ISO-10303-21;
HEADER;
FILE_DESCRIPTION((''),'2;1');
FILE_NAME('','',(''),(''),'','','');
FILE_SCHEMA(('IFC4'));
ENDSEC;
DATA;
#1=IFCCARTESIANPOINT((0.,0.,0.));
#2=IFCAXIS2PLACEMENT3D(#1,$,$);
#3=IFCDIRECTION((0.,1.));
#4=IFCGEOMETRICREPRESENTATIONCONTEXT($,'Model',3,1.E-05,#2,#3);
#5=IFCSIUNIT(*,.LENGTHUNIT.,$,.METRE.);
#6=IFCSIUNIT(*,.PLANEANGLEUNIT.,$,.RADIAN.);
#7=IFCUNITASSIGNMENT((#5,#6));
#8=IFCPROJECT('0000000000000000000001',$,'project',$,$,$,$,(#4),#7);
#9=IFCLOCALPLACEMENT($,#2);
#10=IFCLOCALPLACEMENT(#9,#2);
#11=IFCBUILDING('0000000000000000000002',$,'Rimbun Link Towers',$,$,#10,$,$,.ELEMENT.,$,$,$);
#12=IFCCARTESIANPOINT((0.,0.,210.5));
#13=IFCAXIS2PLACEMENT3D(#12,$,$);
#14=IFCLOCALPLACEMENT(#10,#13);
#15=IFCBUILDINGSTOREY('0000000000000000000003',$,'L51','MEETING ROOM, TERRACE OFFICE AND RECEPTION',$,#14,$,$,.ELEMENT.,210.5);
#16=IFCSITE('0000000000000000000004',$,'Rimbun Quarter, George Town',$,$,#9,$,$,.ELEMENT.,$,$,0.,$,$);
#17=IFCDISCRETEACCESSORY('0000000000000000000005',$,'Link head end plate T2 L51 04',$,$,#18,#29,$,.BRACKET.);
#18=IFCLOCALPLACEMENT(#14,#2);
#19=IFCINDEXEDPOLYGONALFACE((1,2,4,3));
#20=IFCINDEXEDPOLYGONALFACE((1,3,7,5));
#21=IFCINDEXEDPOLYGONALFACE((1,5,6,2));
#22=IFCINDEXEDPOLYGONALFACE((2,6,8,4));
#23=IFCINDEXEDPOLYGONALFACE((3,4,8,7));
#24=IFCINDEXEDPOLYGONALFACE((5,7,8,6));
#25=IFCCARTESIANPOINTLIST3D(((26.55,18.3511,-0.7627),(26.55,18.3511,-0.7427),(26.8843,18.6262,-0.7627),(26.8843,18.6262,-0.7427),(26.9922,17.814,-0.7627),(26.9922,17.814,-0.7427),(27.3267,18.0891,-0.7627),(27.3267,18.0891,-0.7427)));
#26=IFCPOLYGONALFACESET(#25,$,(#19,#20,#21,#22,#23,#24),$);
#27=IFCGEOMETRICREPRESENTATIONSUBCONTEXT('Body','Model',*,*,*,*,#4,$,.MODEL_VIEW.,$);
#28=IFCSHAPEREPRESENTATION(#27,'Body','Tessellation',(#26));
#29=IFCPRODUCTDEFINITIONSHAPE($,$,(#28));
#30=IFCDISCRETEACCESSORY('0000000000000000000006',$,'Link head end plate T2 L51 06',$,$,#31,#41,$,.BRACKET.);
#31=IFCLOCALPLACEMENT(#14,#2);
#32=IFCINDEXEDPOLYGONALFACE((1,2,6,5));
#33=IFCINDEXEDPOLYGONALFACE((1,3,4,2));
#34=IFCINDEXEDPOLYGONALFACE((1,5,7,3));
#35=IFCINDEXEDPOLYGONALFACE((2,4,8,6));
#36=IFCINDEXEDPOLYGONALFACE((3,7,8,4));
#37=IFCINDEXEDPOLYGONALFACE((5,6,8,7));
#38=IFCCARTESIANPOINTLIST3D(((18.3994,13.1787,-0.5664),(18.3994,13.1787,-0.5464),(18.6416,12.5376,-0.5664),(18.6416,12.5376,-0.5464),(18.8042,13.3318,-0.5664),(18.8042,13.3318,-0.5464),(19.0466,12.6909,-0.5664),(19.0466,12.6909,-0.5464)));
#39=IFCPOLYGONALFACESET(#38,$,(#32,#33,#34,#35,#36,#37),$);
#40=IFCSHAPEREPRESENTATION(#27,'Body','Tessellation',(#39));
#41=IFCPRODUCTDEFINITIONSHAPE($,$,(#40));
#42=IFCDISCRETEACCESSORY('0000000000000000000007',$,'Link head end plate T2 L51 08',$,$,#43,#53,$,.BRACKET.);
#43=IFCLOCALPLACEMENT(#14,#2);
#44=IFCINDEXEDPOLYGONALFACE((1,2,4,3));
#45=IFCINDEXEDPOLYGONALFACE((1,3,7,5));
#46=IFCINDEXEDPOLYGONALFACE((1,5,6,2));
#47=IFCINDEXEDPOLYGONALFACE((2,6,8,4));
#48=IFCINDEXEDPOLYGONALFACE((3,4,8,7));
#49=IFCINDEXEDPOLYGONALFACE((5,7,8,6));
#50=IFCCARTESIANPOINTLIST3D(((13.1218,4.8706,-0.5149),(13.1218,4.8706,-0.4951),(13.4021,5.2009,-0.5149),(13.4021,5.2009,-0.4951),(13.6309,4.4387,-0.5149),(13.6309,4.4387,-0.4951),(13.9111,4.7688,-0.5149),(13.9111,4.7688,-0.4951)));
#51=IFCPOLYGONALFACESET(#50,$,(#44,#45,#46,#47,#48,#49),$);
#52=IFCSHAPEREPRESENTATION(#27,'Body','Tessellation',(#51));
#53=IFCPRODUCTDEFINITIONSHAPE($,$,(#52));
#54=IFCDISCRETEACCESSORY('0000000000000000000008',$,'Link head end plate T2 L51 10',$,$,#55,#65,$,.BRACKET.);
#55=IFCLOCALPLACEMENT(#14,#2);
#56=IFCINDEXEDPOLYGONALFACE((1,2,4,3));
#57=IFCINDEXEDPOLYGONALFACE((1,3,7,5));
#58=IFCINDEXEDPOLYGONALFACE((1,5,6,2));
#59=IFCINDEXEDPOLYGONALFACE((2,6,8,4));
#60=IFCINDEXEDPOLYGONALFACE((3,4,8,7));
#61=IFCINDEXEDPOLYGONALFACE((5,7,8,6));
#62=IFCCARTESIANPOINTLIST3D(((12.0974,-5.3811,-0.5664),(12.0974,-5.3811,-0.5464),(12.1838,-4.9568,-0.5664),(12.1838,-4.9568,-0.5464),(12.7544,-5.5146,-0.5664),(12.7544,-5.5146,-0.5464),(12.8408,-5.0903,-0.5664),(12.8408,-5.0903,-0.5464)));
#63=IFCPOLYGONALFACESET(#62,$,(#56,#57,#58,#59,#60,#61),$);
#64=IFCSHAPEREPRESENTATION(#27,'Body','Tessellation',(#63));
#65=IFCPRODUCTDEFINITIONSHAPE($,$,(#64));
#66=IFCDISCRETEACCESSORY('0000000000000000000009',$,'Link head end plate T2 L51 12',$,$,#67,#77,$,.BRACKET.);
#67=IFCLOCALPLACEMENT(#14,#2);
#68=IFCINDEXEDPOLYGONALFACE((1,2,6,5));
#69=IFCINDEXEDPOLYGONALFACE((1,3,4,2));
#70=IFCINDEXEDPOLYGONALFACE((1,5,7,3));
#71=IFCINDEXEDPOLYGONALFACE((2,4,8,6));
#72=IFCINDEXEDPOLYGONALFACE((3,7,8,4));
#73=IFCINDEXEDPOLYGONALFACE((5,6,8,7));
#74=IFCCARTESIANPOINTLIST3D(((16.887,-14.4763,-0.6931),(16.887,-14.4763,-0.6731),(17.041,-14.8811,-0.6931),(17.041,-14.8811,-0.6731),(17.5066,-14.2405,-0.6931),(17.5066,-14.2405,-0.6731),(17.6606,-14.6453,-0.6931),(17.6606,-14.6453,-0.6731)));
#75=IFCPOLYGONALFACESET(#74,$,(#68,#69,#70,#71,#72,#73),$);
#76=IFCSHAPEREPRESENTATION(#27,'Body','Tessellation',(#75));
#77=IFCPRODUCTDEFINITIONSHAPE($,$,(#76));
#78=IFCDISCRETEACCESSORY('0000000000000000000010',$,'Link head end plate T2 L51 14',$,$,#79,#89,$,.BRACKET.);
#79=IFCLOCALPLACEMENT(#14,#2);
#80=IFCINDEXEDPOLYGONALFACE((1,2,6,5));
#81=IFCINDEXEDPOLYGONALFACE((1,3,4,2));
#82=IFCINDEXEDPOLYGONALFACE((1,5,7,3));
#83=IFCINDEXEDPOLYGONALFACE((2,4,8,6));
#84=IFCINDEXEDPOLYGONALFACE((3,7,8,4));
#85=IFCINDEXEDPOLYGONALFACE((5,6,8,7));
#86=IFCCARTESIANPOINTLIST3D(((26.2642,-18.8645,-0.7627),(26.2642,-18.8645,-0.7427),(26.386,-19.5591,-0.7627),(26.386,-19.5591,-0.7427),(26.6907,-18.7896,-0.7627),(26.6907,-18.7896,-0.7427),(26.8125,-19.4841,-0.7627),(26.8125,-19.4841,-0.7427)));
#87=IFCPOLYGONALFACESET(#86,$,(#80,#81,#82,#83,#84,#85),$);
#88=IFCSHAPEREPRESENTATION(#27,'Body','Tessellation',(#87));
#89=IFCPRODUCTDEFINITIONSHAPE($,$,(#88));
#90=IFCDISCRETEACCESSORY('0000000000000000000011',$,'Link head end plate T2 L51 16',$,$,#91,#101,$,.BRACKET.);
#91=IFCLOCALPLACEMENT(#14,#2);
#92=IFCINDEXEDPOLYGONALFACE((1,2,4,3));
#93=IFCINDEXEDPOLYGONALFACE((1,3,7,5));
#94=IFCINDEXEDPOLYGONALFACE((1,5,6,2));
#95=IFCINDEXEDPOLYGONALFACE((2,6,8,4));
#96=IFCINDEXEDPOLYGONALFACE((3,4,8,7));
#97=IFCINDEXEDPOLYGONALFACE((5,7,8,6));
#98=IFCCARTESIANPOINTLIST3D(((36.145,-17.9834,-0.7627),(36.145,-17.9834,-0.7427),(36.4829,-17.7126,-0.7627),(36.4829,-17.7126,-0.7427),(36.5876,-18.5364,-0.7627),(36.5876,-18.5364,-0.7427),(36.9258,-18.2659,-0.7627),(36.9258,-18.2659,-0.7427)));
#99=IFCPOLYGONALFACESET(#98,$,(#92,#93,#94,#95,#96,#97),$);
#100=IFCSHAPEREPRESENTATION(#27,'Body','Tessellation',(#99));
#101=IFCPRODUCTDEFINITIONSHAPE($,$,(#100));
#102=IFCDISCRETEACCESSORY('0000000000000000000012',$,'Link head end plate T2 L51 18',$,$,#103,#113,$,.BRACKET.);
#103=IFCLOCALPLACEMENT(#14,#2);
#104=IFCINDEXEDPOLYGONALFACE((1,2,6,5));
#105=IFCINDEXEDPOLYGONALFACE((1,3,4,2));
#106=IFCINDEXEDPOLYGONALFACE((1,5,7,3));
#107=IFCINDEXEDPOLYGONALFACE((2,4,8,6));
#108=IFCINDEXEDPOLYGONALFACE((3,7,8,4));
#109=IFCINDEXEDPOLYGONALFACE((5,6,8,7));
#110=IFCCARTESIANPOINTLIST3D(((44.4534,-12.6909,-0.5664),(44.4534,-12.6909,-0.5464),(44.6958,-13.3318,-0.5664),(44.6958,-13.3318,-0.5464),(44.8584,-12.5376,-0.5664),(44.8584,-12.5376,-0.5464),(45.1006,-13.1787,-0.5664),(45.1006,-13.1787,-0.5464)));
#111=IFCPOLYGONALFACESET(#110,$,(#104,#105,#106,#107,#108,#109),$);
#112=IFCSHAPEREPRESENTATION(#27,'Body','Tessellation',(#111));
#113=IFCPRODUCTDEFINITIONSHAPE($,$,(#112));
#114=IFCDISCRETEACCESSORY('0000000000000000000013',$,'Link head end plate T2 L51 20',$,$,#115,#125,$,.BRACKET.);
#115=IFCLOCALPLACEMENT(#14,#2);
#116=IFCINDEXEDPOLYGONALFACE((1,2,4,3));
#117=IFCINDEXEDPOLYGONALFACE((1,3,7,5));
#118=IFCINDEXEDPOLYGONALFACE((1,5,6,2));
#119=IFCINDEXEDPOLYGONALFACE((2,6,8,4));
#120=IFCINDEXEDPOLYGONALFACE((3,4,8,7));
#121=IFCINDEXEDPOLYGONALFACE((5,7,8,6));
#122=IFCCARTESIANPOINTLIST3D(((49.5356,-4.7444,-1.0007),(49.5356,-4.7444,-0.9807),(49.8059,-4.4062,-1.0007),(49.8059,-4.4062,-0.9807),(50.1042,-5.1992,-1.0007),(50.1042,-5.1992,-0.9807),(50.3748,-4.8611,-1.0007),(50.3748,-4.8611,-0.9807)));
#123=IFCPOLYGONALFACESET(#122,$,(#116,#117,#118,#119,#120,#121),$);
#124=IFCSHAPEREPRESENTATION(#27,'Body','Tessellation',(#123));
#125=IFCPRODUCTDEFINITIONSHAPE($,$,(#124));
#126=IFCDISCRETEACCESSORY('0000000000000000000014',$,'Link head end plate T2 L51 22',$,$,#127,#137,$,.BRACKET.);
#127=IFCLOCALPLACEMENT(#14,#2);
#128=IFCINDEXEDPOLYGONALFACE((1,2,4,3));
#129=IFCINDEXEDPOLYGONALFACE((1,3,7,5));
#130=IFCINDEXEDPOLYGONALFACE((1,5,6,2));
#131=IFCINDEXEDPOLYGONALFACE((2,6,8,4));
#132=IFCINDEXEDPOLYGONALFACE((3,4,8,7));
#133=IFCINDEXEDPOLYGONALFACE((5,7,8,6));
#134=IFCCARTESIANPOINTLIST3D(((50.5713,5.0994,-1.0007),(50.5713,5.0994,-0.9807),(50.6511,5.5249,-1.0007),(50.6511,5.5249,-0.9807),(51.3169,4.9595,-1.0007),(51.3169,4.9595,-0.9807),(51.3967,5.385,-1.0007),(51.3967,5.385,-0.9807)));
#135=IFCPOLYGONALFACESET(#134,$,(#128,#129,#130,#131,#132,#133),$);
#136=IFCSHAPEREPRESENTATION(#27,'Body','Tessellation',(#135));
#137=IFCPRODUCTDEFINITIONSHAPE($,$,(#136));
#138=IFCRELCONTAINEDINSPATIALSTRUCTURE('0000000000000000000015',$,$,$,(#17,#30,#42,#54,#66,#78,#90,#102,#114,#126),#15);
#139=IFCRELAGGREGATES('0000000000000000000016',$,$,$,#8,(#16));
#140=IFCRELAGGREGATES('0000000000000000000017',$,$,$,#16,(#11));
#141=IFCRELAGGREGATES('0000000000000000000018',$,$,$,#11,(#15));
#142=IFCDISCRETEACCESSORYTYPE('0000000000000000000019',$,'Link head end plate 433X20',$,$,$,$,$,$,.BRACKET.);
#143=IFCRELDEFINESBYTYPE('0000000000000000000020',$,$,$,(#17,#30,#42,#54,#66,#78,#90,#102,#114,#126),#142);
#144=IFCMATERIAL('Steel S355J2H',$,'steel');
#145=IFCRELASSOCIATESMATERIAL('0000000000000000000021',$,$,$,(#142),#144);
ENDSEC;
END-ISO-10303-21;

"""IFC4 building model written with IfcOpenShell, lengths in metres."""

from ifc_helpers import new_model, si_unit, direction, frame, origin, origin_2d, place, context, subcontext, project, spatial, polyline, rectangle, outline, extrude, material, material_profile, profile_set, type_object, element, save


model = new_model("IFC4")

# Units and contexts
model_context = context("Model", 3, precision=1e-05, world=origin(), true_north=direction((0.0, 1.0)))
body_context = subcontext(model_context, "Body", "Model", "MODEL_VIEW")
ifc_project = project(units=[si_unit("LENGTHUNIT", "METRE"), si_unit("PLANEANGLEUNIT", "RADIAN")], contexts=[model_context])

# Site, building, storey
site_placement = place(None, origin())
site = spatial("IfcSite", under=ifc_project, at=site_placement, Name="Rimbun Quarter, George Town", CompositionType="ELEMENT", RefElevation=0.0)
building_placement = place(site_placement, origin())
building = spatial("IfcBuilding", under=site, at=building_placement, Name="Rimbun Link Towers", CompositionType="ELEMENT")
storey_placement = place(building_placement, frame((0.0, 0.0, 210.5)))
storey = spatial("IfcBuildingStorey", under=building, at=storey_placement, Name="L51", Description="MEETING ROOM, TERRACE OFFICE AND RECEPTION", CompositionType="ELEMENT", Elevation=210.5)

# Discrete accessories
ifc_material_1 = material(Name="Steel S355J2H", Category="steel")
ifc_material_profile_1 = material_profile(ifc_material_1, rectangle(XDim=0.4331, YDim=0.4331, at=origin_2d()), Name="PL 433x433")
ifc_profile_set_1 = profile_set([ifc_material_profile_1], Name="Steel S355J2H")
discrete_accessory_type_1 = type_object("IfcDiscreteAccessoryType", Name="Link head end plate 433X20", PredefinedType="BRACKET", material=ifc_profile_set_1)
discrete_accessory_1_placement = place(storey_placement, frame((0.0, 0.0, -0.7627)))
element("IfcDiscreteAccessory", 1, at=discrete_accessory_1_placement, inside=storey, type_object=discrete_accessory_type_1, Name="Link head end plate T2 L51 04", PredefinedType="BRACKET", context=body_context, shape_type="SweptSolid", body=[
    extrude(outline(polyline([(27.3267, 18.0891), (26.8843, 18.6262), (26.55, 18.3511), (26.9922, 17.814), (27.3267, 18.0891)])), origin(), (0.0, 0.0, 1.0), 0.02),
])
discrete_accessory_2_placement = place(storey_placement, frame((0.0, 0.0, -0.5664)))
element("IfcDiscreteAccessory", 2, at=discrete_accessory_2_placement, inside=storey, type_object=discrete_accessory_type_1, Name="Link head end plate T2 L51 06", PredefinedType="BRACKET", context=body_context, shape_type="SweptSolid", body=[
    extrude(outline(polyline([(19.0466, 12.6909), (18.8042, 13.3318), (18.3994, 13.1787), (18.6416, 12.5376), (19.0466, 12.6909)])), origin(), (0.0, 0.0, 1.0), 0.02),
])
discrete_accessory_3_placement = place(storey_placement, frame((0.0, 0.0, -0.5149)))
element("IfcDiscreteAccessory", 3, at=discrete_accessory_3_placement, inside=storey, type_object=discrete_accessory_type_1, Name="Link head end plate T2 L51 08", PredefinedType="BRACKET", context=body_context, shape_type="SweptSolid", body=[
    extrude(outline(polyline([(13.9111, 4.7688), (13.4021, 5.2009), (13.1218, 4.8706), (13.6309, 4.4387), (13.9111, 4.7688)])), origin(), (0.0, 0.0, 1.0), 0.0198),
])
discrete_accessory_4_placement = place(storey_placement, frame((0.0, 0.0, -0.5664)))
element("IfcDiscreteAccessory", 4, at=discrete_accessory_4_placement, inside=storey, type_object=discrete_accessory_type_1, Name="Link head end plate T2 L51 10", PredefinedType="BRACKET", context=body_context, shape_type="SweptSolid", body=[
    extrude(outline(polyline([(12.8408, -5.0903), (12.1838, -4.9568), (12.0974, -5.3811), (12.7544, -5.5146), (12.8408, -5.0903)])), origin(), (0.0, 0.0, 1.0), 0.02),
])
discrete_accessory_5_placement = place(storey_placement, frame((0.0, 0.0, -0.6931)))
element("IfcDiscreteAccessory", 5, at=discrete_accessory_5_placement, inside=storey, type_object=discrete_accessory_type_1, Name="Link head end plate T2 L51 12", PredefinedType="BRACKET", context=body_context, shape_type="SweptSolid", body=[
    extrude(outline(polyline([(17.5066, -14.2405), (16.887, -14.4763), (17.041, -14.8811), (17.6606, -14.6453), (17.5066, -14.2405)])), origin(), (0.0, 0.0, 1.0), 0.02),
])
discrete_accessory_6_placement = place(storey_placement, frame((0.0, 0.0, -0.7627)))
element("IfcDiscreteAccessory", 6, at=discrete_accessory_6_placement, inside=storey, type_object=discrete_accessory_type_1, Name="Link head end plate T2 L51 14", PredefinedType="BRACKET", context=body_context, shape_type="SweptSolid", body=[
    extrude(outline(polyline([(26.2642, -18.8645), (26.386, -19.5591), (26.8125, -19.4841), (26.6907, -18.7896), (26.2642, -18.8645)])), origin(), (0.0, 0.0, 1.0), 0.02),
])
discrete_accessory_7_placement = place(storey_placement, frame((0.0, 0.0, -0.7627)))
element("IfcDiscreteAccessory", 7, at=discrete_accessory_7_placement, inside=storey, type_object=discrete_accessory_type_1, Name="Link head end plate T2 L51 16", PredefinedType="BRACKET", context=body_context, shape_type="SweptSolid", body=[
    extrude(outline(polyline([(36.145, -17.9834), (36.5876, -18.5364), (36.9258, -18.2659), (36.4829, -17.7126), (36.145, -17.9834)])), origin(), (0.0, 0.0, 1.0), 0.02),
])
discrete_accessory_8_placement = place(storey_placement, frame((0.0, 0.0, -0.5664)))
element("IfcDiscreteAccessory", 8, at=discrete_accessory_8_placement, inside=storey, type_object=discrete_accessory_type_1, Name="Link head end plate T2 L51 18", PredefinedType="BRACKET", context=body_context, shape_type="SweptSolid", body=[
    extrude(outline(polyline([(44.4534, -12.6909), (44.6958, -13.3318), (45.1006, -13.1787), (44.8584, -12.5376), (44.4534, -12.6909)])), origin(), (0.0, 0.0, 1.0), 0.02),
])
discrete_accessory_9_placement = place(storey_placement, frame((0.0, 0.0, -1.0007)))
element("IfcDiscreteAccessory", 9, at=discrete_accessory_9_placement, inside=storey, type_object=discrete_accessory_type_1, Name="Link head end plate T2 L51 20", PredefinedType="BRACKET", context=body_context, shape_type="SweptSolid", body=[
    extrude(outline(polyline([(49.5356, -4.7444), (50.1042, -5.1992), (50.3748, -4.8611), (49.8059, -4.4062), (49.5356, -4.7444)])), origin(), (0.0, 0.0, 1.0), 0.02),
])
discrete_accessory_10_placement = place(storey_placement, frame((0.0, 0.0, -1.0007)))
element("IfcDiscreteAccessory", 10, at=discrete_accessory_10_placement, inside=storey, type_object=discrete_accessory_type_1, Name="Link head end plate T2 L51 22", PredefinedType="BRACKET", context=body_context, shape_type="SweptSolid", body=[
    extrude(outline(polyline([(50.5713, 5.0994), (51.3169, 4.9595), (51.3967, 5.385), (50.6511, 5.5249), (50.5713, 5.0994)])), origin(), (0.0, 0.0, 1.0), 0.02),
])

save(model, "model.ifc")
